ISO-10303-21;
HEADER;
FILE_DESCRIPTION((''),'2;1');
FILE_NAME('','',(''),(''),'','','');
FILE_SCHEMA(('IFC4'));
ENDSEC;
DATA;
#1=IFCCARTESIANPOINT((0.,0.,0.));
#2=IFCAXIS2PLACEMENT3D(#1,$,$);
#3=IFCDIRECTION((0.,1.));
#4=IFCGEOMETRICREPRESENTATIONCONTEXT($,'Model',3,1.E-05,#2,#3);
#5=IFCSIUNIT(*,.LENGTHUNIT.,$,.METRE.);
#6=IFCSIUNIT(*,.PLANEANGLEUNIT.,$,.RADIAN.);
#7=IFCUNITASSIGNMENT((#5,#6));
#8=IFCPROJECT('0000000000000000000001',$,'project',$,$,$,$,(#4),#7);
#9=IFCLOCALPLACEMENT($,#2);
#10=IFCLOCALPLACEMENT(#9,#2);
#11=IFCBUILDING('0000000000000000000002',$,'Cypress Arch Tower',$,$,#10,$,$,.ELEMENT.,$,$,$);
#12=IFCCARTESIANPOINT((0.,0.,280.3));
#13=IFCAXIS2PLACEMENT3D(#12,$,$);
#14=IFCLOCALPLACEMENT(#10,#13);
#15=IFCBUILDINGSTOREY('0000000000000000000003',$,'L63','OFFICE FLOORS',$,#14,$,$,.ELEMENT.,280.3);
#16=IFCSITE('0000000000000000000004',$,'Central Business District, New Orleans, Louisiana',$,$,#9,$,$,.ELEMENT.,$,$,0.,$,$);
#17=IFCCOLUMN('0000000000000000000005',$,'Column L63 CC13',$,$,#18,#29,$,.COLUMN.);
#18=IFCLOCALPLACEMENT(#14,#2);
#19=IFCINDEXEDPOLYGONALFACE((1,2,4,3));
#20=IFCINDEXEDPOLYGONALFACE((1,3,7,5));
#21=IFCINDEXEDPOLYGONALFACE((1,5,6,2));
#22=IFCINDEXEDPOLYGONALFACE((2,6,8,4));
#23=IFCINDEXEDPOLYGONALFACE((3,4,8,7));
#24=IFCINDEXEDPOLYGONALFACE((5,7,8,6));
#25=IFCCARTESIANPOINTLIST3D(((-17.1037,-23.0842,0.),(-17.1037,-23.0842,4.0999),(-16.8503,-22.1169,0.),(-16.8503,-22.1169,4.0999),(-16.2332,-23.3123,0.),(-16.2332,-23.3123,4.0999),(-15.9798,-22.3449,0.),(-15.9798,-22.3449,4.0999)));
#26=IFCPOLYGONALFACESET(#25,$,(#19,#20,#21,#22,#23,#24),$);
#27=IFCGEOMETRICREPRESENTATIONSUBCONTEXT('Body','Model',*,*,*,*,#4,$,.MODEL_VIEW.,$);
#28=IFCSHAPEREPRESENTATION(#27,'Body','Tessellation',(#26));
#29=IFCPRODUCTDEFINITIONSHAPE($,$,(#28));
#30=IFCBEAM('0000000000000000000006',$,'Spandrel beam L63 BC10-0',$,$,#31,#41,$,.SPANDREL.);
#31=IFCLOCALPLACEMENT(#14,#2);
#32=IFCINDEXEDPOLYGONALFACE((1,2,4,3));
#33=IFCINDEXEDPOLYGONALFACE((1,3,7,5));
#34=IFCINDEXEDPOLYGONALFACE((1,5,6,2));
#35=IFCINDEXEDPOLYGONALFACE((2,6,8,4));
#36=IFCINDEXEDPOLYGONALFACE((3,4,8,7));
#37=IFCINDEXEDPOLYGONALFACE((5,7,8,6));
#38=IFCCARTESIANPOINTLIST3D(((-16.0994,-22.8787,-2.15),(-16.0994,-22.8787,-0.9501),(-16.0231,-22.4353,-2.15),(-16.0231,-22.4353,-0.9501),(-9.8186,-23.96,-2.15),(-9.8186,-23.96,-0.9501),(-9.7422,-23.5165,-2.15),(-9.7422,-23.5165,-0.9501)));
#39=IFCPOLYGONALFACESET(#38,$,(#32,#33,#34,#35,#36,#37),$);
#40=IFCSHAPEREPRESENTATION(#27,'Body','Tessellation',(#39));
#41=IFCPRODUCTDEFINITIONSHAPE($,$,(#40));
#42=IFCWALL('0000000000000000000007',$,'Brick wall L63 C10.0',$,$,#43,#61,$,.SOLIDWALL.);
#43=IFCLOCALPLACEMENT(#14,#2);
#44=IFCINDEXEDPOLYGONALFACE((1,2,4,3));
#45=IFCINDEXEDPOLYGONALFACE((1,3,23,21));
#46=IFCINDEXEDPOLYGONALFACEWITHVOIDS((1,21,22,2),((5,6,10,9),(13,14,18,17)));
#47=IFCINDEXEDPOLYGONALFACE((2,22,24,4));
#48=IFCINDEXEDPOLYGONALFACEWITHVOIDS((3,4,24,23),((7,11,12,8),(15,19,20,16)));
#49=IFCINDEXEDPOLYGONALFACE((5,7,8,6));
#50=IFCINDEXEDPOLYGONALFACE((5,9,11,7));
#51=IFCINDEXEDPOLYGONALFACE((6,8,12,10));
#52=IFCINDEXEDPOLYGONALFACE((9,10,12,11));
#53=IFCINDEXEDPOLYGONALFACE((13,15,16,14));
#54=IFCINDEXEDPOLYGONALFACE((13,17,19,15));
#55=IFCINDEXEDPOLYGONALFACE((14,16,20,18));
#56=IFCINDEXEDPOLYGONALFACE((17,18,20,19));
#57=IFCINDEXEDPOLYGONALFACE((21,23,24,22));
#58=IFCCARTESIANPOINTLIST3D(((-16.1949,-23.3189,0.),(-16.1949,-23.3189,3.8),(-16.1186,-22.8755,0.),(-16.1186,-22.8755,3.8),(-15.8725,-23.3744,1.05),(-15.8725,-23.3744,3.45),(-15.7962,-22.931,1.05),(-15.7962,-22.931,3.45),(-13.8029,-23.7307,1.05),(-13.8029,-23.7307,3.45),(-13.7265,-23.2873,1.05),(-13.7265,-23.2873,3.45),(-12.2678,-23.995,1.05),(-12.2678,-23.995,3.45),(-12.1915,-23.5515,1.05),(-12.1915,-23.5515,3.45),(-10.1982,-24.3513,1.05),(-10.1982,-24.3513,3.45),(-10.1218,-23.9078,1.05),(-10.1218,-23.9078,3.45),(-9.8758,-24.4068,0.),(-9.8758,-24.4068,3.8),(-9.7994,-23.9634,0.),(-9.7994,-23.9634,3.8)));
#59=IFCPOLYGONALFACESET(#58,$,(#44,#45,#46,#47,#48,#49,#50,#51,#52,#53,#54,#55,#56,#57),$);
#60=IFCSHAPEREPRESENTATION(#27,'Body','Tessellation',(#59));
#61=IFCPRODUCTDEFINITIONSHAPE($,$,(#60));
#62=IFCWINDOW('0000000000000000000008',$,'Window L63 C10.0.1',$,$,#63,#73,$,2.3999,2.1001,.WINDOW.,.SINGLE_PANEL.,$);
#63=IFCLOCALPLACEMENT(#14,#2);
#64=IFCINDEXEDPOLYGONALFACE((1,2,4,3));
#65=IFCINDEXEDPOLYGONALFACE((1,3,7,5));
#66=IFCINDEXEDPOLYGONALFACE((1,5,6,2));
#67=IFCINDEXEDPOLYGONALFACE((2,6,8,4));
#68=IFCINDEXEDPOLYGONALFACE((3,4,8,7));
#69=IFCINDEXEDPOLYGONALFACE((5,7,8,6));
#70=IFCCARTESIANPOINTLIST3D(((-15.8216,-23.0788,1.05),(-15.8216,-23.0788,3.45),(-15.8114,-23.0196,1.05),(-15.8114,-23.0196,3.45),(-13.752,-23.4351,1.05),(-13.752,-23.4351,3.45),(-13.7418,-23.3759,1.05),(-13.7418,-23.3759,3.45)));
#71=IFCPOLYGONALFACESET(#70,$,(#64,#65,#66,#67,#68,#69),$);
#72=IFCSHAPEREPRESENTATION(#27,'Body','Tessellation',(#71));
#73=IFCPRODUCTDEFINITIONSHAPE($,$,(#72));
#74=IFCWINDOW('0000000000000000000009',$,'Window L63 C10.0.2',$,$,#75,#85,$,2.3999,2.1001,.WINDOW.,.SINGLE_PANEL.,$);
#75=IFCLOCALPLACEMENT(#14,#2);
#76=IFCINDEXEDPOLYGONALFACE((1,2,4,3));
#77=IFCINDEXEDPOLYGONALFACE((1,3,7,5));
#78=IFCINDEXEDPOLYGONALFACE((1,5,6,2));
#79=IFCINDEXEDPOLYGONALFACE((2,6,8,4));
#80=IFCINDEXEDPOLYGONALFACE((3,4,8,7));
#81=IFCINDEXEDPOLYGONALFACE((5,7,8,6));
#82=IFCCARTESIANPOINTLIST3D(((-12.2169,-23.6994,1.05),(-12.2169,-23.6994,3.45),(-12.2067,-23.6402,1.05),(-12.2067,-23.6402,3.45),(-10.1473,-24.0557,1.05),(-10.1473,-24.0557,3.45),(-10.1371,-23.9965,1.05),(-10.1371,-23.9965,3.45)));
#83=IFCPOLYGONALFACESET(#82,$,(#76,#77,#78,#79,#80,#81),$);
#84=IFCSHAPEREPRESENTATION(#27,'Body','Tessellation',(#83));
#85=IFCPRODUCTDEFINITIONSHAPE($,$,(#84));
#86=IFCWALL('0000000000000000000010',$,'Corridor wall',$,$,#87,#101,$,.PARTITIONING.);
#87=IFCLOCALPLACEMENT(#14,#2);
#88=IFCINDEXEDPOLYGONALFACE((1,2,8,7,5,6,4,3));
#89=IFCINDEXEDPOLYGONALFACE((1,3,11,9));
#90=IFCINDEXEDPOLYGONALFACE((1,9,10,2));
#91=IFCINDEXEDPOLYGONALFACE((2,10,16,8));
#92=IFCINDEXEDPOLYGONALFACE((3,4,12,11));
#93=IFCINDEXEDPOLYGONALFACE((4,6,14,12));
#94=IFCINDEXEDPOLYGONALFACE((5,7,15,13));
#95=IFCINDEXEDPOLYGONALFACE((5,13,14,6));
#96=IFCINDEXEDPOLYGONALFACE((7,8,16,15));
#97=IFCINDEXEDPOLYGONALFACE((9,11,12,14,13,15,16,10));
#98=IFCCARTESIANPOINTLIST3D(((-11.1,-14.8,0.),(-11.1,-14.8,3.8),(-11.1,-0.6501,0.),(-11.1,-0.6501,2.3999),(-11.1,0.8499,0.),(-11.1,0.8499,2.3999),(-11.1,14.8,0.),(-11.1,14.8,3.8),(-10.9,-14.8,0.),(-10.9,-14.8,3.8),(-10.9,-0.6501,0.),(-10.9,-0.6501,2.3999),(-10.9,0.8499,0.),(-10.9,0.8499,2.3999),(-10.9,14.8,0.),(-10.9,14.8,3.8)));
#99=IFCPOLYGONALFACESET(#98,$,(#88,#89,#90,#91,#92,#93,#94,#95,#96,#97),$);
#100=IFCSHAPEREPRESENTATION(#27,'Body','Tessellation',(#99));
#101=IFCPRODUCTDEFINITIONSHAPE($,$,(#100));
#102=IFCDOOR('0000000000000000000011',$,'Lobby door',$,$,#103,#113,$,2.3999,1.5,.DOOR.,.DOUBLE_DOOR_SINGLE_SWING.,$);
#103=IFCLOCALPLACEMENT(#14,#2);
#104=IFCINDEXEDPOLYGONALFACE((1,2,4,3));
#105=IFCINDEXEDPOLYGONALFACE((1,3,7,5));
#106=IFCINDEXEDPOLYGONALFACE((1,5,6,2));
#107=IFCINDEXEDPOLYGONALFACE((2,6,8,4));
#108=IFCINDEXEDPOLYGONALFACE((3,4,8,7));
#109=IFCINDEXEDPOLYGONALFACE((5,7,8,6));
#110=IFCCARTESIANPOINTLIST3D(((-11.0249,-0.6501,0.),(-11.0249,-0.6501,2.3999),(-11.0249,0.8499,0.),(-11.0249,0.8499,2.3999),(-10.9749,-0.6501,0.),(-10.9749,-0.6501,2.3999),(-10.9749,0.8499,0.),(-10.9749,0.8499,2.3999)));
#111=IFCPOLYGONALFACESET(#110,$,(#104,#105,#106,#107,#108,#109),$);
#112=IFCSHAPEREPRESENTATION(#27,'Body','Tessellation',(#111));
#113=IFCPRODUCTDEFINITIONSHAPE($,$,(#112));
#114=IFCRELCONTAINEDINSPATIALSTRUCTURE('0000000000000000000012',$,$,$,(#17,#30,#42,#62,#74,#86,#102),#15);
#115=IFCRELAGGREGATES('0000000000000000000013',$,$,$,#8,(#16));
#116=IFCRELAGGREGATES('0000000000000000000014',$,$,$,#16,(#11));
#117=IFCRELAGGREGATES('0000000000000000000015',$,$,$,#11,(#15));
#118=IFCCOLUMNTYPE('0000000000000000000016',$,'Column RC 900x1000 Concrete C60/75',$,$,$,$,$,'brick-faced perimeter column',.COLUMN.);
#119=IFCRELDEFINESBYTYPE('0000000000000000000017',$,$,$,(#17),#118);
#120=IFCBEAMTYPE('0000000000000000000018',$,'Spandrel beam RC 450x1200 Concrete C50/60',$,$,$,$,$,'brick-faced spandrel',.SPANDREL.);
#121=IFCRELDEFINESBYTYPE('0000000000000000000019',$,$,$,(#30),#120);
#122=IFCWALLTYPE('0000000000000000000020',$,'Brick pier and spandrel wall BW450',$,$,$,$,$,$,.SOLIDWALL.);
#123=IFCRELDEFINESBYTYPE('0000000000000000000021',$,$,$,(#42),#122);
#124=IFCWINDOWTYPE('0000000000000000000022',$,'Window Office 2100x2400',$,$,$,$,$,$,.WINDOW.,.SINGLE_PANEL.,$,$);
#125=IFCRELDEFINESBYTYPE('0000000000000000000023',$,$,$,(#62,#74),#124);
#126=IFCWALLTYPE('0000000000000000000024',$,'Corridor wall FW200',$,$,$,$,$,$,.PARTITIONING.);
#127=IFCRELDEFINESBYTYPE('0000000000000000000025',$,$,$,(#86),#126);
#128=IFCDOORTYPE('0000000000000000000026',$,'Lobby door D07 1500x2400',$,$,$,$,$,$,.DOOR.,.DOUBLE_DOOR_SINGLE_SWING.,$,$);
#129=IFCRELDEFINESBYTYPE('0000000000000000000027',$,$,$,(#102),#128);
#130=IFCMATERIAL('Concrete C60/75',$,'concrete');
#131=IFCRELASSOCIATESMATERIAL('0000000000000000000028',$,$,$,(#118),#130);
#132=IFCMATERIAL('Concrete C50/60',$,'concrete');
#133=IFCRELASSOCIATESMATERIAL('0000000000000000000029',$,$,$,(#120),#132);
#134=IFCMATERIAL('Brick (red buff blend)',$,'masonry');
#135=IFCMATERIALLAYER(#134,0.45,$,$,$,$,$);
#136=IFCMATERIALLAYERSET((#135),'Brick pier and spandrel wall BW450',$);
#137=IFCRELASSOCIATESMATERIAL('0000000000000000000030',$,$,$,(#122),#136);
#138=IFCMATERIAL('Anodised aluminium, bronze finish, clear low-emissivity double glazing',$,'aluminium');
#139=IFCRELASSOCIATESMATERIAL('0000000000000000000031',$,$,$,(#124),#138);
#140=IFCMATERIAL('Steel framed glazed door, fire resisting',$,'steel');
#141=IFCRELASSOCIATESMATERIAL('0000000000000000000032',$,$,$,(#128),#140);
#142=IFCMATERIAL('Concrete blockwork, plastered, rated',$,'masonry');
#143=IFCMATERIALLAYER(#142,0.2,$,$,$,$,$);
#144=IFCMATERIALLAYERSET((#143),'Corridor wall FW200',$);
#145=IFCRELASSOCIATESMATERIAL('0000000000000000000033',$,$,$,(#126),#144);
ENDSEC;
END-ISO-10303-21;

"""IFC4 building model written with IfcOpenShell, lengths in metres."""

from ifc_helpers import new_model, si_unit, direction, frame, frame_2d, origin, origin_2d, place, context, subcontext, project, spatial, rectangle, extrude, material, layer, layer_set, material_profile, profile_set, type_object, element, fill, save


model = new_model("IFC4")

# Units and contexts
model_context = context("Model", 3, precision=1e-05, world=origin(), true_north=direction((0.0, 1.0)))
body_context = subcontext(model_context, "Body", "Model", "MODEL_VIEW")
ifc_project = project(units=[si_unit("LENGTHUNIT", "METRE"), si_unit("PLANEANGLEUNIT", "RADIAN")], contexts=[model_context])

# Site, building, storey
site_placement = place(None, origin())
site = spatial("IfcSite", under=ifc_project, at=site_placement, Name="Central Business District, New Orleans, Louisiana", CompositionType="ELEMENT", RefElevation=0.0)
building_placement = place(site_placement, origin())
building = spatial("IfcBuilding", under=site, at=building_placement, Name="Cypress Arch Tower", CompositionType="ELEMENT")
storey_placement = place(building_placement, frame((0.0, 0.0, 280.3)))
storey = spatial("IfcBuildingStorey", under=building, at=storey_placement, Name="L63", Description="OFFICE FLOORS", CompositionType="ELEMENT", Elevation=280.3)

# Column
ifc_material_1 = material(Name="Concrete C60/75", Category="concrete")
ifc_material_profile_1 = material_profile(ifc_material_1, rectangle(XDim=0.8999, YDim=1.0, at=origin_2d()), Name="RC 900x1000")
ifc_profile_set_1 = profile_set([ifc_material_profile_1], Name="Concrete C60/75")
column_type = type_object("IfcColumnType", Name="Column RC 900x1000 Concrete C60/75", ElementType="brick-faced perimeter column", PredefinedType="COLUMN", material=ifc_profile_set_1)
column_placement = place(storey_placement, frame((-16.5417, -22.7146, 0.0), z_axis=(0.0, 0.0, 1.0), x_axis=(0.967356, -0.253422, 0.0)))
element("IfcColumn", 1, at=column_placement, inside=storey, type_object=column_type, Name="Column L63 CC13", PredefinedType="COLUMN", context=body_context, shape_type="SweptSolid", body=[
    extrude(rectangle(XDim=0.8999, YDim=1.0, at=origin_2d()), origin(), (0.0, 0.0, 1.0), 4.0999),
])

# Beam
ifc_material_2 = material(Name="Concrete C50/60", Category="concrete")
ifc_material_profile_2 = material_profile(ifc_material_2, rectangle(XDim=0.45, YDim=1.2, at=origin_2d()), Name="RC 450x1200")
ifc_profile_set_2 = profile_set([ifc_material_profile_2], Name="Concrete C50/60")
beam_type = type_object("IfcBeamType", Name="Spandrel beam RC 450x1200 Concrete C50/60", ElementType="brick-faced spandrel", PredefinedType="SPANDREL", material=ifc_profile_set_2)
beam_placement = place(storey_placement, frame((-16.0613, -22.657, -1.55), z_axis=(0.985503, -0.169658, 0.0), x_axis=(0.169658, 0.985503, 0.0)))
element("IfcBeam", 2, at=beam_placement, inside=storey, type_object=beam_type, Name="Spandrel beam L63 BC10-0", PredefinedType="SPANDREL", context=body_context, shape_type="SweptSolid", body=[
    extrude(rectangle(XDim=0.45, YDim=1.2, at=origin_2d()), origin(), (0.0, 0.0, 1.0), 6.3733),
])

# Wall, openings, windows
ifc_material_3 = material(Name="Brick (red buff blend)", Category="masonry")
ifc_layer_1 = layer(ifc_material_3, 0.45)
ifc_layer_set_1 = layer_set([ifc_layer_1], Name="Brick pier and spandrel wall BW450")
wall_type_1 = type_object("IfcWallType", Name="Brick pier and spandrel wall BW450", PredefinedType="SOLIDWALL", material=ifc_layer_set_1)
wall_1_placement = place(storey_placement, frame((-16.1567, -23.0972, 0.0), z_axis=(0.0, 0.0, 1.0), x_axis=(0.985502, -0.169663, 0.0)))
wall_1 = element("IfcWall", 3, at=wall_1_placement, inside=storey, type_object=wall_type_1, Name="Brick wall L63 C10.0", PredefinedType="SOLIDWALL", context=body_context, shape_type="SweptSolid", body=[
    extrude(rectangle(XDim=6.4121, YDim=0.45, at=frame_2d((3.2061, 0.0))), origin(), (0.0, 0.0, 1.0), 3.8),
])
opening_1_placement = place(wall_1_placement, frame((0.3271, 0.0, 1.05)))
opening_1 = element("IfcOpeningElement", 4, at=opening_1_placement, cuts=wall_1, PredefinedType="OPENING", context=body_context, shape_type="SweptSolid", body=[
    extrude(rectangle(XDim=2.1001, YDim=2.3999, at=frame_2d((1.05, 1.2))), frame((0.0, 0.2349, 0.0), z_axis=(0.0, -1.0, 0.0), x_axis=(1.0, 0.0, 0.0)), (0.0, 0.0, 1.0), 0.47),
])
opening_2_placement = place(wall_1_placement, frame((3.9849, 0.0, 1.05)))
opening_2 = element("IfcOpeningElement", 5, at=opening_2_placement, cuts=wall_1, PredefinedType="OPENING", context=body_context, shape_type="SweptSolid", body=[
    extrude(rectangle(XDim=2.1001, YDim=2.3999, at=frame_2d((1.05, 1.2))), frame((0.0, 0.2349, 0.0), z_axis=(0.0, -1.0, 0.0), x_axis=(1.0, 0.0, 0.0)), (0.0, 0.0, 1.0), 0.47),
])
ifc_material_4 = material(Name="Anodised aluminium, bronze finish, clear low-emissivity double glazing", Category="aluminium")
window_type = type_object("IfcWindowType", Name="Window Office 2100x2400", PartitioningType="SINGLE_PANEL", PredefinedType="WINDOW", material=ifc_material_4)
window_1_placement = place(opening_1_placement, origin())
window_1 = element("IfcWindow", 6, at=window_1_placement, inside=storey, type_object=window_type, Name="Window L63 C10.0.1", OverallHeight=2.3999, OverallWidth=2.1001, PartitioningType="SINGLE_PANEL", PredefinedType="WINDOW", context=body_context, shape_type="SweptSolid", body=[
    extrude(rectangle(XDim=2.1001, YDim=2.3999, at=frame_2d((1.05, 1.2))), frame((0.0, 0.135, 0.0), z_axis=(0.0, -1.0, 0.0), x_axis=(1.0, 0.0, 0.0)), (0.0, 0.0, 1.0), 0.0601),
])
fill(opening_1, window_1)
window_2_placement = place(opening_2_placement, origin())
window_2 = element("IfcWindow", 7, at=window_2_placement, inside=storey, type_object=window_type, Name="Window L63 C10.0.2", OverallHeight=2.3999, OverallWidth=2.1001, PartitioningType="SINGLE_PANEL", PredefinedType="WINDOW", context=body_context, shape_type="SweptSolid", body=[
    extrude(rectangle(XDim=2.1001, YDim=2.3999, at=frame_2d((1.05, 1.2))), frame((0.0, 0.135, 0.0), z_axis=(0.0, -1.0, 0.0), x_axis=(1.0, 0.0, 0.0)), (0.0, 0.0, 1.0), 0.0601),
])
fill(opening_2, window_2)

# Shared definitions
ifc_material_5 = material(Name="Steel framed glazed door, fire resisting", Category="steel")
door_type_1 = type_object("IfcDoorType", Name="Lobby door D07 1500x2400", OperationType="DOUBLE_DOOR_SINGLE_SWING", PredefinedType="DOOR", material=ifc_material_5)

# Shared definitions
ifc_material_6 = material(Name="Concrete blockwork, plastered, rated", Category="masonry")
ifc_layer_2 = layer(ifc_material_6, 0.2)
ifc_layer_set_2 = layer_set([ifc_layer_2], Name="Corridor wall FW200")
wall_type_2 = type_object("IfcWallType", Name="Corridor wall FW200", PredefinedType="PARTITIONING", material=ifc_layer_set_2)

# Wall, opening, door
wall_2_placement = place(storey_placement, frame((-11.0, -14.8, 0.0), z_axis=(0.0, 0.0, 1.0), x_axis=(0.0, 1.0, 0.0)))
wall_2 = element("IfcWall", 8, at=wall_2_placement, inside=storey, type_object=wall_type_2, Name="Corridor wall", PredefinedType="PARTITIONING", context=body_context, shape_type="SweptSolid", body=[
    extrude(rectangle(XDim=29.6001, YDim=0.2, at=frame_2d((14.8, 0.0))), origin(), (0.0, 0.0, 1.0), 3.8),
])
opening_3_placement = place(wall_2_placement, frame((14.1499, 0.0, 0.0)))
opening_3 = element("IfcOpeningElement", 9, at=opening_3_placement, cuts=wall_2, PredefinedType="OPENING", context=body_context, shape_type="SweptSolid", body=[
    extrude(rectangle(XDim=1.5, YDim=2.3999, at=frame_2d((0.75, 1.2))), frame((0.0, 0.1099, 0.0), z_axis=(0.0, -1.0, 0.0), x_axis=(1.0, 0.0, 0.0)), (0.0, 0.0, 1.0), 0.22),
])
door_1_placement = place(opening_3_placement, origin())
door_1 = element("IfcDoor", 10, at=door_1_placement, inside=storey, type_object=door_type_1, Name="Lobby door", OperationType="DOUBLE_DOOR_SINGLE_SWING", OverallHeight=2.3999, OverallWidth=1.5, PredefinedType="DOOR", context=body_context, shape_type="SweptSolid", body=[
    extrude(rectangle(XDim=1.5, YDim=2.3999, at=frame_2d((0.75, 1.2))), frame((0.0, 0.0249, 0.0), z_axis=(0.0, -1.0, 0.0), x_axis=(1.0, 0.0, 0.0)), (0.0, 0.0, 1.0), 0.05),
])
fill(opening_3, door_1)

save(model, "model.ifc")
